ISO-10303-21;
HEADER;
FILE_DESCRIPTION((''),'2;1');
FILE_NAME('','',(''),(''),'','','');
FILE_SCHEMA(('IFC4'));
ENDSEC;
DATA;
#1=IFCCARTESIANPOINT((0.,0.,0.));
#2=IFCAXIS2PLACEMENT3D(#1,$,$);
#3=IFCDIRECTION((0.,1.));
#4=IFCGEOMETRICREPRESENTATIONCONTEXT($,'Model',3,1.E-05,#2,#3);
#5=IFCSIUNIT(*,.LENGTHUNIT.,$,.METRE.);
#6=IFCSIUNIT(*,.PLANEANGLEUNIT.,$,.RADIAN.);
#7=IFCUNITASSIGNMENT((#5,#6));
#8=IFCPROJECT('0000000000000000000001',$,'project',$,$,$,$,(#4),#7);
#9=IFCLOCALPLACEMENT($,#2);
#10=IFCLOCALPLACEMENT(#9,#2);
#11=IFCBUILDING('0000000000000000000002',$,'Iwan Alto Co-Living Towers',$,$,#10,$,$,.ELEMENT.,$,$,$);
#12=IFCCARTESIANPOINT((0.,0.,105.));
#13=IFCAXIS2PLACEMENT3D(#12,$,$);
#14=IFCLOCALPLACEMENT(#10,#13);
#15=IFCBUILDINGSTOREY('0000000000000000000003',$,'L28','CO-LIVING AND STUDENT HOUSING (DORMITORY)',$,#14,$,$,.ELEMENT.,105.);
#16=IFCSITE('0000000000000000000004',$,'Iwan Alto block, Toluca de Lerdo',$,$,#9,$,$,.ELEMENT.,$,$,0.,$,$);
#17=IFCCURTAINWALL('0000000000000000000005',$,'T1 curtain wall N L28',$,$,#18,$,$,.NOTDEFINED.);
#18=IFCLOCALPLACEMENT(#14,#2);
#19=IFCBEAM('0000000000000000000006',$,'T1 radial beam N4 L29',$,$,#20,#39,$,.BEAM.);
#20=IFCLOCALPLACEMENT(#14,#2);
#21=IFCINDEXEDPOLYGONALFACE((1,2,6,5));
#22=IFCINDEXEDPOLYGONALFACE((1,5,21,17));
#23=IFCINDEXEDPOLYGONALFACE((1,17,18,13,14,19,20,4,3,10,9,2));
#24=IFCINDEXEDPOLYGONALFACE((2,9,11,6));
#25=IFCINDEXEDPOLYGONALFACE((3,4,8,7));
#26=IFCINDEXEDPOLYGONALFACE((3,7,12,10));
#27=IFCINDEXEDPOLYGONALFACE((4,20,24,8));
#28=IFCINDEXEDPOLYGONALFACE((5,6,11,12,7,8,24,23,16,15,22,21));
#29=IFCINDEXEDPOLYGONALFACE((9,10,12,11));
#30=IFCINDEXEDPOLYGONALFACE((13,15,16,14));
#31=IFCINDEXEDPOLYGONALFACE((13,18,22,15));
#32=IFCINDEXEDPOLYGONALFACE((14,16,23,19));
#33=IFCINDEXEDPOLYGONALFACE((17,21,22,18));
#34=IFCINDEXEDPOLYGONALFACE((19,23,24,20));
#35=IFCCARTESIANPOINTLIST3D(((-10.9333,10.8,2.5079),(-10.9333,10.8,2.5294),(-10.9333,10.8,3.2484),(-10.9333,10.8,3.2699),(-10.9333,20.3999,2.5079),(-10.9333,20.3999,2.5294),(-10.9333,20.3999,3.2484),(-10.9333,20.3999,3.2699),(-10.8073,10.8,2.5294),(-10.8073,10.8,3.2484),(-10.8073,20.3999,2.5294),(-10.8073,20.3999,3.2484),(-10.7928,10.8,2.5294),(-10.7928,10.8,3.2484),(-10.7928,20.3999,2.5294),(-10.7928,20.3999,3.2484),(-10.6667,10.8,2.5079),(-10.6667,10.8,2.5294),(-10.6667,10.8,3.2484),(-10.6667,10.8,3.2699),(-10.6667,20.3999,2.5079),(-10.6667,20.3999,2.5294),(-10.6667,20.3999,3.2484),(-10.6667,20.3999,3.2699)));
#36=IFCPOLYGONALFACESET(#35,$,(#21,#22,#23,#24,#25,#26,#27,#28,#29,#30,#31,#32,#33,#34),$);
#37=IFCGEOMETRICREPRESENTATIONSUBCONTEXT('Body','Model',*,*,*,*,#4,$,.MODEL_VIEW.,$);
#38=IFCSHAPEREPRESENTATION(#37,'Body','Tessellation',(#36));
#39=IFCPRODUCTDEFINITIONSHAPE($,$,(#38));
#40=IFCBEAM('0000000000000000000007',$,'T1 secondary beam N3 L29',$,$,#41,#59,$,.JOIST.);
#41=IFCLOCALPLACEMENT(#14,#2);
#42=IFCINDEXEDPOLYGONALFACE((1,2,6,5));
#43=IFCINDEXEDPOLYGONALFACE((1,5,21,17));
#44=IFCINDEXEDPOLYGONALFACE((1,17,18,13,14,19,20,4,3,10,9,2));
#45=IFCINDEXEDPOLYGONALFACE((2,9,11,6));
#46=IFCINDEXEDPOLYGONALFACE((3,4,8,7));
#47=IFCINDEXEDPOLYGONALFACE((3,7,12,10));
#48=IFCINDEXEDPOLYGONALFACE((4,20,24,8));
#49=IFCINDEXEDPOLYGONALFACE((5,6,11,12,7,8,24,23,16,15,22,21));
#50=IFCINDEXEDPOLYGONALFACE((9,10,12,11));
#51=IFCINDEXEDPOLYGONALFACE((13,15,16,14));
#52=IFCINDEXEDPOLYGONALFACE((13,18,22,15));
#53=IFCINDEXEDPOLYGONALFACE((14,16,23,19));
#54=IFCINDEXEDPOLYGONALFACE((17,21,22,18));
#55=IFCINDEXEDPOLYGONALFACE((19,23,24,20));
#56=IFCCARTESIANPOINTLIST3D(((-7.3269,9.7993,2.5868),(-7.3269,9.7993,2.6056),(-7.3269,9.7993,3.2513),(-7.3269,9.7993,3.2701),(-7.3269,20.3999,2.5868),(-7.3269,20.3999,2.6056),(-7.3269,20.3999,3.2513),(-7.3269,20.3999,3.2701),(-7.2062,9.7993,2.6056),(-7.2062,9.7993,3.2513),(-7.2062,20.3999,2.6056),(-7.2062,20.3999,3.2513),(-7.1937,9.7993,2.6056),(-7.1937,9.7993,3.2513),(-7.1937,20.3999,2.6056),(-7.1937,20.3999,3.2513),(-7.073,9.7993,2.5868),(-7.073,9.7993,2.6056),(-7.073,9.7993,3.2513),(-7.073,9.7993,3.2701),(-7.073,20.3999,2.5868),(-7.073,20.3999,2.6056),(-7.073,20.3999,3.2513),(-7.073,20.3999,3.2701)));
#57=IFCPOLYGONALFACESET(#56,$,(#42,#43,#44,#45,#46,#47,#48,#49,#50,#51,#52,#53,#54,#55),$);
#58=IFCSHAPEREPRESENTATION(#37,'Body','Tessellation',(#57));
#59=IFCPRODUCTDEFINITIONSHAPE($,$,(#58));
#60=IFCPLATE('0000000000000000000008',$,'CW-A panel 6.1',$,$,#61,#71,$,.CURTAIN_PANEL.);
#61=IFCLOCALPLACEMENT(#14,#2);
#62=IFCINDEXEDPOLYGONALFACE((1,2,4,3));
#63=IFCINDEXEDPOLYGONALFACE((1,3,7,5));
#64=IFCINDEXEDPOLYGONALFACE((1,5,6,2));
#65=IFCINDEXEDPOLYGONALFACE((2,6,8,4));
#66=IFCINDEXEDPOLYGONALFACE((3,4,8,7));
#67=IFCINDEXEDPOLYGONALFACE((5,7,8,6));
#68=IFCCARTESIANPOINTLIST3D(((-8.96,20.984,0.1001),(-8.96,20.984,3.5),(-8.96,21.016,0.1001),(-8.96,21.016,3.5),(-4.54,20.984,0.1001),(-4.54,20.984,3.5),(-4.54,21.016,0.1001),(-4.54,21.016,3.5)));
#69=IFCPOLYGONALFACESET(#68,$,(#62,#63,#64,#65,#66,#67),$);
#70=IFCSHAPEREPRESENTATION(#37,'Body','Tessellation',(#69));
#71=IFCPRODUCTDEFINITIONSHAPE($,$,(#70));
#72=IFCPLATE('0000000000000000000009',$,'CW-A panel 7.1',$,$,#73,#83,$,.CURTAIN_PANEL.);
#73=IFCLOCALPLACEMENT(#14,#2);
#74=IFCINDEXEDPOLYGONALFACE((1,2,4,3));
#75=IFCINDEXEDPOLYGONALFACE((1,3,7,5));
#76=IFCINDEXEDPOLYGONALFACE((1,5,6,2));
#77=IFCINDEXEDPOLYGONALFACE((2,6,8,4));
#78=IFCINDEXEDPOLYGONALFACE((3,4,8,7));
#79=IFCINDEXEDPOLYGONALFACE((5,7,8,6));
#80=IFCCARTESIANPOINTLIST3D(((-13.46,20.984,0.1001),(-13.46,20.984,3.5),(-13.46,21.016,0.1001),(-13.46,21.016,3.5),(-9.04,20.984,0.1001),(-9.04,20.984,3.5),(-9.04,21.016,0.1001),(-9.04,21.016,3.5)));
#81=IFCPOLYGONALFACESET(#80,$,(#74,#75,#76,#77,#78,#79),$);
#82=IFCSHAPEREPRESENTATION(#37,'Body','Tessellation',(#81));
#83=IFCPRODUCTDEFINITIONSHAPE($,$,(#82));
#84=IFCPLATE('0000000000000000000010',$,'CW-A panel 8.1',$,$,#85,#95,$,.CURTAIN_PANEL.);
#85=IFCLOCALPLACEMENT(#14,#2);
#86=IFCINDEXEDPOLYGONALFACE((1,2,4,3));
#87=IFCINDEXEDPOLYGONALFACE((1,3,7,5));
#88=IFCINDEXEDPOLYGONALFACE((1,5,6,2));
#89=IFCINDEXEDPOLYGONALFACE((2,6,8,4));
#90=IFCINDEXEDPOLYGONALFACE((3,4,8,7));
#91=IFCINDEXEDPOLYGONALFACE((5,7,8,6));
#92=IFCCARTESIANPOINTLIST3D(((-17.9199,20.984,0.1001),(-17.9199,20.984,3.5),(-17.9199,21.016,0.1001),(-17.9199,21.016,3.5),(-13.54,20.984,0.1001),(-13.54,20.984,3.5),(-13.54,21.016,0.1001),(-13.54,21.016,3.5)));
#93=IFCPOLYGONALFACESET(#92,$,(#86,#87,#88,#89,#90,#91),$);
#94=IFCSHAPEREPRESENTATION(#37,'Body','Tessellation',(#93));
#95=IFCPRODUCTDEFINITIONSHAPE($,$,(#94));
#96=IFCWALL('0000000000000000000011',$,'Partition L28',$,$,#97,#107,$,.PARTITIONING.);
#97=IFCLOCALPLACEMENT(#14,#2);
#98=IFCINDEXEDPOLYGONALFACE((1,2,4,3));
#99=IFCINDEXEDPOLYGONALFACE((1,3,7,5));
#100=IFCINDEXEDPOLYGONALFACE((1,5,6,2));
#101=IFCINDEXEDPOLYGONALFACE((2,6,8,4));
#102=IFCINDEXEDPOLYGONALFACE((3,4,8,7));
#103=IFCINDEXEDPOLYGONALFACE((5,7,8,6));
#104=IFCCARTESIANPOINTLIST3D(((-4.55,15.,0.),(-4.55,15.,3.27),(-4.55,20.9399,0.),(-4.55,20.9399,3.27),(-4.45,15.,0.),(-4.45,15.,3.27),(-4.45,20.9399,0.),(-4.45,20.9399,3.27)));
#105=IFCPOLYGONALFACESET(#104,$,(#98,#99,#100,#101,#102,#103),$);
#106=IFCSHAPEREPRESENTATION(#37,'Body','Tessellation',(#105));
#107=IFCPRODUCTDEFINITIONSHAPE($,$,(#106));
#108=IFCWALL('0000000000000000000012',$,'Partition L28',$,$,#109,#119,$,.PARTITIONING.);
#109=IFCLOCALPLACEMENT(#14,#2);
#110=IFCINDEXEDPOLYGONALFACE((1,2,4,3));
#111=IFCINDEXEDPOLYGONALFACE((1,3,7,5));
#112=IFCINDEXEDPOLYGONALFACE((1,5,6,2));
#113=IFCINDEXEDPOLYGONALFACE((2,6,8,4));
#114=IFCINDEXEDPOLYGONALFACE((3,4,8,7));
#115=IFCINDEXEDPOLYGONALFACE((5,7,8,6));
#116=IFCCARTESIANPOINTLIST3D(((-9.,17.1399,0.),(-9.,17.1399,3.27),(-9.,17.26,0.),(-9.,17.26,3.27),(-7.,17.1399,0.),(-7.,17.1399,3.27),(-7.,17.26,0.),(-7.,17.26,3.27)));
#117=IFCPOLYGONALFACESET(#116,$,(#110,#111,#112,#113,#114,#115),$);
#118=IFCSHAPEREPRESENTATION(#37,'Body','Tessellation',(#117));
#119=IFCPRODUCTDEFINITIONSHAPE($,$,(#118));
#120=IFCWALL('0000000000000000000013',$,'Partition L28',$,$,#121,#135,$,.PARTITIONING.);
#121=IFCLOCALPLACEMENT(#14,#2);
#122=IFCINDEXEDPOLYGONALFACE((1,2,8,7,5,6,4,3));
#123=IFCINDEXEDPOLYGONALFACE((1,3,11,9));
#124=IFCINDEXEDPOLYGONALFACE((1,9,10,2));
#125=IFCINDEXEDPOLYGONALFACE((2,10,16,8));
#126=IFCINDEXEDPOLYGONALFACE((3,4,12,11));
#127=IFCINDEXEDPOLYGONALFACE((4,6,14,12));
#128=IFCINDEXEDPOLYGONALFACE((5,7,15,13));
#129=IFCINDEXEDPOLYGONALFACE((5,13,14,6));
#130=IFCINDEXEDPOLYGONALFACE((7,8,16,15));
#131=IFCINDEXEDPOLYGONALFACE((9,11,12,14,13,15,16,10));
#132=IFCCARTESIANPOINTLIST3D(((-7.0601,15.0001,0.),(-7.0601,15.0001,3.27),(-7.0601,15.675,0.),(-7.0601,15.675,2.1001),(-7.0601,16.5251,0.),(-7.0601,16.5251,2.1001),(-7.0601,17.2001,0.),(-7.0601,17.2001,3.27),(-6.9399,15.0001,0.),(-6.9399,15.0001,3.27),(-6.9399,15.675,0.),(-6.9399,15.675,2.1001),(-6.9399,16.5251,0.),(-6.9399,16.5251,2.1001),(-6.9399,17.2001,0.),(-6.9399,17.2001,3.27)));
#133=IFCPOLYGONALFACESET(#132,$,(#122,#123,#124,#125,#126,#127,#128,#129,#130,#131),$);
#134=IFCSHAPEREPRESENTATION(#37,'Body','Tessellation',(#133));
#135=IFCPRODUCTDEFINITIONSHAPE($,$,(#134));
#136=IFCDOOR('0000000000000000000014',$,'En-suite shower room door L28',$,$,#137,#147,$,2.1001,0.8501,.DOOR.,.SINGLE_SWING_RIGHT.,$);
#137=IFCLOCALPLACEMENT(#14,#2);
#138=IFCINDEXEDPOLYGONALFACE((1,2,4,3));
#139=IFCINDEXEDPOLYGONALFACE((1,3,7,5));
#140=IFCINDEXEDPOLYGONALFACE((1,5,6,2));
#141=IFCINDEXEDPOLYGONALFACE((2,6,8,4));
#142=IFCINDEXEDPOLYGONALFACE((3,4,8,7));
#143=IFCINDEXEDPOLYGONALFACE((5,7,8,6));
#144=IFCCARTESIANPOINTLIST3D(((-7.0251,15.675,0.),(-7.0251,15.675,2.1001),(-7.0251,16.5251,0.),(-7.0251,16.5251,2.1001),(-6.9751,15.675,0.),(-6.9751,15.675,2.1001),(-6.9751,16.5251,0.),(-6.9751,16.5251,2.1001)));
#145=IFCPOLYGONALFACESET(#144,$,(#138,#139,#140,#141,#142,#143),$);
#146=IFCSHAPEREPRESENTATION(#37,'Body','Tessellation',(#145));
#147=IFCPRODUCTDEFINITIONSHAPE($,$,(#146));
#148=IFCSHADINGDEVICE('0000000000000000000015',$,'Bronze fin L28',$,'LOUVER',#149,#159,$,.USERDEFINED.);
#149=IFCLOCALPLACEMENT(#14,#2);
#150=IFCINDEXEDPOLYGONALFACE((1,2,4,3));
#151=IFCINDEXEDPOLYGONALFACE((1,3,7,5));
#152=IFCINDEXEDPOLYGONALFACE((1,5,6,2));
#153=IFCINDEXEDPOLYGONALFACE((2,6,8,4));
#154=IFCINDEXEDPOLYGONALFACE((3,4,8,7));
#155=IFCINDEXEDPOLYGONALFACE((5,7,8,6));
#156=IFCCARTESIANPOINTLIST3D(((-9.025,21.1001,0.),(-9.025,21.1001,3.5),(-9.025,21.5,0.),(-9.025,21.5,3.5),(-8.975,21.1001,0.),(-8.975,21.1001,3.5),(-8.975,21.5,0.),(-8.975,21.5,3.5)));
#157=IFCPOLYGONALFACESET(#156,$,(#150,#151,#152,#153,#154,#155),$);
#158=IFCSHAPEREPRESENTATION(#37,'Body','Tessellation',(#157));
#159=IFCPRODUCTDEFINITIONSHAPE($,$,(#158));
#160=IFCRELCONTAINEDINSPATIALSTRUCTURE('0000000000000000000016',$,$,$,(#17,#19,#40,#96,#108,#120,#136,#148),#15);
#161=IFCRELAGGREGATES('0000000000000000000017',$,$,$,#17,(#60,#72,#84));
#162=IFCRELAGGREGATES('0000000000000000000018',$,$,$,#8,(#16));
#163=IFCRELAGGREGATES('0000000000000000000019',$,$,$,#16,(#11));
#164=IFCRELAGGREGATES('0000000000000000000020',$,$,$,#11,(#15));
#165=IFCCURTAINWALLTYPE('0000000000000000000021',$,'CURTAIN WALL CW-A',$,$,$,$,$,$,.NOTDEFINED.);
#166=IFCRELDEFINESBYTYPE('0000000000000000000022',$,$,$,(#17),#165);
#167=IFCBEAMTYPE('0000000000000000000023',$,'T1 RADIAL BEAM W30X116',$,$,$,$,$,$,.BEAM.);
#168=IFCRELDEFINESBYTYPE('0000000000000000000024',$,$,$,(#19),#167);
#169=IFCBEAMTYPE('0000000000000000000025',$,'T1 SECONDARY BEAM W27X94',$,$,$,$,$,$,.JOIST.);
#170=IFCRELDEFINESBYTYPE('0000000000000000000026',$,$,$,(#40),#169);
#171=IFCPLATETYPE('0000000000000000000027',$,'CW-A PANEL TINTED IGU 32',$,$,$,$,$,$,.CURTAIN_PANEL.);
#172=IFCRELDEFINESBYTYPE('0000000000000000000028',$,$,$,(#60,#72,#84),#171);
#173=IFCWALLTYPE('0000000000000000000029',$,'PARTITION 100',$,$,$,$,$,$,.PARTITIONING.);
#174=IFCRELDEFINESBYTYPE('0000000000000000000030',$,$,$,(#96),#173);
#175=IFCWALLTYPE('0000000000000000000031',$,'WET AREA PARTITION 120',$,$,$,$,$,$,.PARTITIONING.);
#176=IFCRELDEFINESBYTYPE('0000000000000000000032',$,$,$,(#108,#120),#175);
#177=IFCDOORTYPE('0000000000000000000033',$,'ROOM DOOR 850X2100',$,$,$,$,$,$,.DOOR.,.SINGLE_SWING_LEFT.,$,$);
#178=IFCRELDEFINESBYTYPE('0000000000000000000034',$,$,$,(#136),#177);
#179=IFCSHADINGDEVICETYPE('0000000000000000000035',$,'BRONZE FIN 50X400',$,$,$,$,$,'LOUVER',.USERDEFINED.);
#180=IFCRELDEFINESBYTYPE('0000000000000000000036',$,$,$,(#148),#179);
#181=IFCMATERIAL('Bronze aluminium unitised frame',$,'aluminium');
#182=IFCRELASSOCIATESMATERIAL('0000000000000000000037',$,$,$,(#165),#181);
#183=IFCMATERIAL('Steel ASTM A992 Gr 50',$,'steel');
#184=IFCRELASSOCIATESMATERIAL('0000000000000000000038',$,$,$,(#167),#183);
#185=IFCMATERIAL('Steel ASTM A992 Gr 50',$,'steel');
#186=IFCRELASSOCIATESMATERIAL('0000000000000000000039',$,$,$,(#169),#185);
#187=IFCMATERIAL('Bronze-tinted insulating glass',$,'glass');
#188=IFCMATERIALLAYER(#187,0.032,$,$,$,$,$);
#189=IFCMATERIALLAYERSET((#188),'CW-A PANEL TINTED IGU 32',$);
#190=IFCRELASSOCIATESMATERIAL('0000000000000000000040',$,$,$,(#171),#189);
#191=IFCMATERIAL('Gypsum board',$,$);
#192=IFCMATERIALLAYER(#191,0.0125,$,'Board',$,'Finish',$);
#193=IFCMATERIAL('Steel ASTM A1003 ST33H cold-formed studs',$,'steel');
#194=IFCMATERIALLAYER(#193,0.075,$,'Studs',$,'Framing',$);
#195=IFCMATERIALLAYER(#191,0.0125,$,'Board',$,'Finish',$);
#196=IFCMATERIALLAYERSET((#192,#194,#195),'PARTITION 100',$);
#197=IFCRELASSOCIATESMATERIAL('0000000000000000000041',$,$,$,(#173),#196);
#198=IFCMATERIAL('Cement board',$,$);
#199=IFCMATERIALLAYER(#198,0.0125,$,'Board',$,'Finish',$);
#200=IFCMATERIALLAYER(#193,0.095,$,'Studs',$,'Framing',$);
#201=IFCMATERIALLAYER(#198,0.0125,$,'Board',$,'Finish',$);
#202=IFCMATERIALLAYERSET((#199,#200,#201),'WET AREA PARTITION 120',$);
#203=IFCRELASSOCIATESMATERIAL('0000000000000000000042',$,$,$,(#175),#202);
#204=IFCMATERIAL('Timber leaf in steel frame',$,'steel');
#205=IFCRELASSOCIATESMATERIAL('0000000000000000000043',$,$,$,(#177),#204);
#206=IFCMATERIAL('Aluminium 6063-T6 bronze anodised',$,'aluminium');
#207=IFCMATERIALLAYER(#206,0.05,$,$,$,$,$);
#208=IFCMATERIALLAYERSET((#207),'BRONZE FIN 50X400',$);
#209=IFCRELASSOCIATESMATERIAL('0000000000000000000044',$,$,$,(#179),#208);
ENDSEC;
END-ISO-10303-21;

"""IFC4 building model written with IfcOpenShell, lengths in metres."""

from ifc_helpers import new_model, si_unit, direction, frame, frame_2d, origin, origin_2d, place, context, subcontext, project, spatial, rectangle, i_section, extrude, material, layer, layer_set, material_profile, profile_set, type_object, element, fill, aggregate, save


model = new_model("IFC4")

# Units and contexts
model_context = context("Model", 3, precision=1e-05, world=origin(), true_north=direction((0.0, 1.0)))
body_context = subcontext(model_context, "Body", "Model", "MODEL_VIEW")
ifc_project = project(units=[si_unit("LENGTHUNIT", "METRE"), si_unit("PLANEANGLEUNIT", "RADIAN")], contexts=[model_context])

# Site, building, storey
site_placement = place(None, origin())
site = spatial("IfcSite", under=ifc_project, at=site_placement, Name="Iwan Alto block, Toluca de Lerdo", CompositionType="ELEMENT", RefElevation=0.0)
building_placement = place(site_placement, origin())
building = spatial("IfcBuilding", under=site, at=building_placement, Name="Iwan Alto Co-Living Towers", CompositionType="ELEMENT")
storey_placement = place(building_placement, frame((0.0, 0.0, 105.0)))
storey = spatial("IfcBuildingStorey", under=building, at=storey_placement, Name="L28", Description="CO-LIVING AND STUDENT HOUSING (DORMITORY)", CompositionType="ELEMENT", Elevation=105.0)

# Curtain wall
ifc_material_1 = material(Name="Bronze aluminium unitised frame", Category="aluminium")
curtain_wall_type = type_object("IfcCurtainWallType", Name="CURTAIN WALL CW-A", PredefinedType="NOTDEFINED", material=ifc_material_1)
curtain_wall_placement = place(storey_placement, origin())
curtain_wall = element("IfcCurtainWall", 1, at=curtain_wall_placement, inside=storey, type_object=curtain_wall_type, Name="T1 curtain wall N L28", PredefinedType="NOTDEFINED")

# Beams
ifc_material_2 = material(Name="Steel ASTM A992 Gr 50", Category="steel")
ifc_material_profile_1 = material_profile(ifc_material_2, i_section(OverallWidth=0.2666, OverallDepth=0.762, WebThickness=0.0144, FlangeThickness=0.0215, at=origin_2d()), Name="W30X116")
ifc_profile_set_1 = profile_set([ifc_material_profile_1], Name="Steel ASTM A992 Gr 50")
beam_type_1 = type_object("IfcBeamType", Name="T1 RADIAL BEAM W30X116", PredefinedType="BEAM", material=ifc_profile_set_1)
beam_1_placement = place(storey_placement, frame((-10.8, 20.3999, 2.8889), z_axis=(0.0, -1.0, 0.0), x_axis=(1.0, 0.0, 0.0)))
element("IfcBeam", 2, at=beam_1_placement, inside=storey, type_object=beam_type_1, Name="T1 radial beam N4 L29", PredefinedType="BEAM", context=body_context, shape_type="SweptSolid", body=[
    extrude(i_section(OverallWidth=0.2666, OverallDepth=0.762, WebThickness=0.0144, FlangeThickness=0.0215, at=origin_2d()), origin(), (0.0, 0.0, 1.0), 9.5999),
])
ifc_material_3 = material(Name="Steel ASTM A992 Gr 50", Category="steel")
ifc_material_profile_2 = material_profile(ifc_material_3, i_section(OverallWidth=0.2539, OverallDepth=0.6833, WebThickness=0.0125, FlangeThickness=0.0188, at=origin_2d()), Name="W27X94")
ifc_profile_set_2 = profile_set([ifc_material_profile_2], Name="Steel ASTM A992 Gr 50")
beam_type_2 = type_object("IfcBeamType", Name="T1 SECONDARY BEAM W27X94", PredefinedType="JOIST", material=ifc_profile_set_2)
beam_2_placement = place(storey_placement, frame((-7.2, 20.3999, 2.9285), z_axis=(0.0, -1.0, 0.0), x_axis=(1.0, 0.0, 0.0)))
element("IfcBeam", 3, at=beam_2_placement, inside=storey, type_object=beam_type_2, Name="T1 secondary beam N3 L29", PredefinedType="JOIST", context=body_context, shape_type="SweptSolid", body=[
    extrude(i_section(OverallWidth=0.2539, OverallDepth=0.6833, WebThickness=0.0125, FlangeThickness=0.0188, at=origin_2d()), origin(), (0.0, 0.0, 1.0), 10.6006),
])

# Plates
ifc_material_4 = material(Name="Bronze-tinted insulating glass", Category="glass")
ifc_layer_1 = layer(ifc_material_4, 0.032)
ifc_layer_set_1 = layer_set([ifc_layer_1], Name="CW-A PANEL TINTED IGU 32")
plate_type = type_object("IfcPlateType", Name="CW-A PANEL TINTED IGU 32", PredefinedType="CURTAIN_PANEL", material=ifc_layer_set_1)
plate_1_placement = place(storey_placement, frame((-6.75, 21.0, 0.1001), z_axis=(0.0, 0.0, 1.0), x_axis=(-1.0, 0.0, 0.0)))
plate_1 = element("IfcPlate", 4, at=plate_1_placement, type_object=plate_type, Name="CW-A panel 6.1", PredefinedType="CURTAIN_PANEL", context=body_context, shape_type="SweptSolid", body=[
    extrude(rectangle(XDim=4.4199, YDim=0.032, at=origin_2d()), origin(), (0.0, 0.0, 1.0), 3.3999),
])
plate_2_placement = place(storey_placement, frame((-11.25, 21.0, 0.1001), z_axis=(0.0, 0.0, 1.0), x_axis=(-1.0, 0.0, 0.0)))
plate_2 = element("IfcPlate", 5, at=plate_2_placement, type_object=plate_type, Name="CW-A panel 7.1", PredefinedType="CURTAIN_PANEL", context=body_context, shape_type="SweptSolid", body=[
    extrude(rectangle(XDim=4.4199, YDim=0.032, at=origin_2d()), origin(), (0.0, 0.0, 1.0), 3.3999),
])
plate_3_placement = place(storey_placement, frame((-15.73, 21.0, 0.1001), z_axis=(0.0, 0.0, 1.0), x_axis=(-1.0, 0.0, 0.0)))
plate_3 = element("IfcPlate", 6, at=plate_3_placement, type_object=plate_type, Name="CW-A panel 8.1", PredefinedType="CURTAIN_PANEL", context=body_context, shape_type="SweptSolid", body=[
    extrude(rectangle(XDim=4.3799, YDim=0.032, at=origin_2d()), origin(), (0.0, 0.0, 1.0), 3.3999),
])
aggregate(curtain_wall, [plate_1, plate_2, plate_3])

# Walls
ifc_material_5 = material(Name="Gypsum board")
ifc_layer_2 = layer(ifc_material_5, 0.0125, Name="Board", Category="Finish")
ifc_material_6 = material(Name="Steel ASTM A1003 ST33H cold-formed studs", Category="steel")
ifc_layer_3 = layer(ifc_material_6, 0.075, Name="Studs", Category="Framing")
ifc_layer_4 = layer(ifc_material_5, 0.0125, Name="Board", Category="Finish")
ifc_layer_set_2 = layer_set([ifc_layer_2, ifc_layer_3, ifc_layer_4], Name="PARTITION 100")
wall_type_1 = type_object("IfcWallType", Name="PARTITION 100", PredefinedType="PARTITIONING", material=ifc_layer_set_2)
wall_1_placement = place(storey_placement, frame((-4.5, 15.0, 0.0), z_axis=(0.0, 0.0, 1.0), x_axis=(0.0, 1.0, 0.0)))
element("IfcWall", 7, at=wall_1_placement, inside=storey, type_object=wall_type_1, Name="Partition L28", PredefinedType="PARTITIONING", context=body_context, shape_type="SweptSolid", body=[
    extrude(rectangle(XDim=5.9399, YDim=0.1001, at=frame_2d((2.97, 0.0))), origin(), (0.0, 0.0, 1.0), 3.27),
])
ifc_material_7 = material(Name="Cement board")
ifc_layer_5 = layer(ifc_material_7, 0.0125, Name="Board", Category="Finish")
ifc_layer_6 = layer(ifc_material_6, 0.095, Name="Studs", Category="Framing")
ifc_layer_7 = layer(ifc_material_7, 0.0125, Name="Board", Category="Finish")
ifc_layer_set_3 = layer_set([ifc_layer_5, ifc_layer_6, ifc_layer_7], Name="WET AREA PARTITION 120")
wall_type_2 = type_object("IfcWallType", Name="WET AREA PARTITION 120", PredefinedType="PARTITIONING", material=ifc_layer_set_3)
wall_2_placement = place(storey_placement, frame((-9.0, 17.2, 0.0), z_axis=(0.0, 0.0, 1.0), x_axis=(1.0, 0.0, 0.0)))
element("IfcWall", 8, at=wall_2_placement, inside=storey, type_object=wall_type_2, Name="Partition L28", PredefinedType="PARTITIONING", context=body_context, shape_type="SweptSolid", body=[
    extrude(rectangle(XDim=2.0, YDim=0.1201, at=frame_2d((1.0, 0.0))), origin(), (0.0, 0.0, 1.0), 3.27),
])

# Wall, opening, door
wall_3_placement = place(storey_placement, frame((-7.0, 15.0, 0.0), z_axis=(0.0, 0.0, 1.0), x_axis=(0.0, 1.0, 0.0)))
wall_3 = element("IfcWall", 9, at=wall_3_placement, inside=storey, type_object=wall_type_2, Name="Partition L28", PredefinedType="PARTITIONING", context=body_context, shape_type="SweptSolid", body=[
    extrude(rectangle(XDim=2.2, YDim=0.1201, at=frame_2d((1.1001, 0.0))), origin(), (0.0, 0.0, 1.0), 3.27),
])
opening_placement = place(wall_3_placement, frame((0.675, 0.0, 0.0)))
opening = element("IfcOpeningElement", 10, at=opening_placement, cuts=wall_3, PredefinedType="OPENING", context=body_context, shape_type="SweptSolid", body=[
    extrude(rectangle(XDim=0.8501, YDim=2.1001, at=frame_2d((0.425, 1.05))), frame((0.0, 0.0701, 0.0), z_axis=(0.0, -1.0, 0.0), x_axis=(1.0, 0.0, 0.0)), (0.0, 0.0, 1.0), 0.1401),
])
ifc_material_8 = material(Name="Timber leaf in steel frame", Category="steel")
door_type = type_object("IfcDoorType", Name="ROOM DOOR 850X2100", OperationType="SINGLE_SWING_LEFT", PredefinedType="DOOR", material=ifc_material_8)
door_placement = place(opening_placement, frame((0.8501, 0.0, 0.0), z_axis=(0.0, 0.0, 1.0), x_axis=(-1.0, 0.0, 0.0)))
door = element("IfcDoor", 11, at=door_placement, inside=storey, type_object=door_type, Name="En-suite shower room door L28", OperationType="SINGLE_SWING_RIGHT", OverallHeight=2.1001, OverallWidth=0.8501, PredefinedType="DOOR", context=body_context, shape_type="SweptSolid", body=[
    extrude(rectangle(XDim=0.8501, YDim=2.1001, at=frame_2d((0.425, 1.05))), frame((0.0, 0.0249, 0.0), z_axis=(0.0, -1.0, 0.0), x_axis=(1.0, 0.0, 0.0)), (0.0, 0.0, 1.0), 0.05),
])
fill(opening, door)

# Shading device
ifc_material_9 = material(Name="Aluminium 6063-T6 bronze anodised", Category="aluminium")
ifc_layer_8 = layer(ifc_material_9, 0.05)
ifc_layer_set_4 = layer_set([ifc_layer_8], Name="BRONZE FIN 50X400")
shading_device_type = type_object("IfcShadingDeviceType", Name="BRONZE FIN 50X400", ElementType="LOUVER", PredefinedType="USERDEFINED", material=ifc_layer_set_4)
shading_device_placement = place(storey_placement, frame((-9.0, 21.3, 0.0), z_axis=(0.0, 0.0, 1.0), x_axis=(-1.0, 0.0, 0.0)))
element("IfcShadingDevice", 12, at=shading_device_placement, inside=storey, type_object=shading_device_type, Name="Bronze fin L28", ObjectType="LOUVER", PredefinedType="USERDEFINED", context=body_context, shape_type="SweptSolid", body=[
    extrude(rectangle(XDim=0.05, YDim=0.3999, at=origin_2d()), origin(), (0.0, 0.0, 1.0), 3.5),
])

save(model, "model.ifc")
